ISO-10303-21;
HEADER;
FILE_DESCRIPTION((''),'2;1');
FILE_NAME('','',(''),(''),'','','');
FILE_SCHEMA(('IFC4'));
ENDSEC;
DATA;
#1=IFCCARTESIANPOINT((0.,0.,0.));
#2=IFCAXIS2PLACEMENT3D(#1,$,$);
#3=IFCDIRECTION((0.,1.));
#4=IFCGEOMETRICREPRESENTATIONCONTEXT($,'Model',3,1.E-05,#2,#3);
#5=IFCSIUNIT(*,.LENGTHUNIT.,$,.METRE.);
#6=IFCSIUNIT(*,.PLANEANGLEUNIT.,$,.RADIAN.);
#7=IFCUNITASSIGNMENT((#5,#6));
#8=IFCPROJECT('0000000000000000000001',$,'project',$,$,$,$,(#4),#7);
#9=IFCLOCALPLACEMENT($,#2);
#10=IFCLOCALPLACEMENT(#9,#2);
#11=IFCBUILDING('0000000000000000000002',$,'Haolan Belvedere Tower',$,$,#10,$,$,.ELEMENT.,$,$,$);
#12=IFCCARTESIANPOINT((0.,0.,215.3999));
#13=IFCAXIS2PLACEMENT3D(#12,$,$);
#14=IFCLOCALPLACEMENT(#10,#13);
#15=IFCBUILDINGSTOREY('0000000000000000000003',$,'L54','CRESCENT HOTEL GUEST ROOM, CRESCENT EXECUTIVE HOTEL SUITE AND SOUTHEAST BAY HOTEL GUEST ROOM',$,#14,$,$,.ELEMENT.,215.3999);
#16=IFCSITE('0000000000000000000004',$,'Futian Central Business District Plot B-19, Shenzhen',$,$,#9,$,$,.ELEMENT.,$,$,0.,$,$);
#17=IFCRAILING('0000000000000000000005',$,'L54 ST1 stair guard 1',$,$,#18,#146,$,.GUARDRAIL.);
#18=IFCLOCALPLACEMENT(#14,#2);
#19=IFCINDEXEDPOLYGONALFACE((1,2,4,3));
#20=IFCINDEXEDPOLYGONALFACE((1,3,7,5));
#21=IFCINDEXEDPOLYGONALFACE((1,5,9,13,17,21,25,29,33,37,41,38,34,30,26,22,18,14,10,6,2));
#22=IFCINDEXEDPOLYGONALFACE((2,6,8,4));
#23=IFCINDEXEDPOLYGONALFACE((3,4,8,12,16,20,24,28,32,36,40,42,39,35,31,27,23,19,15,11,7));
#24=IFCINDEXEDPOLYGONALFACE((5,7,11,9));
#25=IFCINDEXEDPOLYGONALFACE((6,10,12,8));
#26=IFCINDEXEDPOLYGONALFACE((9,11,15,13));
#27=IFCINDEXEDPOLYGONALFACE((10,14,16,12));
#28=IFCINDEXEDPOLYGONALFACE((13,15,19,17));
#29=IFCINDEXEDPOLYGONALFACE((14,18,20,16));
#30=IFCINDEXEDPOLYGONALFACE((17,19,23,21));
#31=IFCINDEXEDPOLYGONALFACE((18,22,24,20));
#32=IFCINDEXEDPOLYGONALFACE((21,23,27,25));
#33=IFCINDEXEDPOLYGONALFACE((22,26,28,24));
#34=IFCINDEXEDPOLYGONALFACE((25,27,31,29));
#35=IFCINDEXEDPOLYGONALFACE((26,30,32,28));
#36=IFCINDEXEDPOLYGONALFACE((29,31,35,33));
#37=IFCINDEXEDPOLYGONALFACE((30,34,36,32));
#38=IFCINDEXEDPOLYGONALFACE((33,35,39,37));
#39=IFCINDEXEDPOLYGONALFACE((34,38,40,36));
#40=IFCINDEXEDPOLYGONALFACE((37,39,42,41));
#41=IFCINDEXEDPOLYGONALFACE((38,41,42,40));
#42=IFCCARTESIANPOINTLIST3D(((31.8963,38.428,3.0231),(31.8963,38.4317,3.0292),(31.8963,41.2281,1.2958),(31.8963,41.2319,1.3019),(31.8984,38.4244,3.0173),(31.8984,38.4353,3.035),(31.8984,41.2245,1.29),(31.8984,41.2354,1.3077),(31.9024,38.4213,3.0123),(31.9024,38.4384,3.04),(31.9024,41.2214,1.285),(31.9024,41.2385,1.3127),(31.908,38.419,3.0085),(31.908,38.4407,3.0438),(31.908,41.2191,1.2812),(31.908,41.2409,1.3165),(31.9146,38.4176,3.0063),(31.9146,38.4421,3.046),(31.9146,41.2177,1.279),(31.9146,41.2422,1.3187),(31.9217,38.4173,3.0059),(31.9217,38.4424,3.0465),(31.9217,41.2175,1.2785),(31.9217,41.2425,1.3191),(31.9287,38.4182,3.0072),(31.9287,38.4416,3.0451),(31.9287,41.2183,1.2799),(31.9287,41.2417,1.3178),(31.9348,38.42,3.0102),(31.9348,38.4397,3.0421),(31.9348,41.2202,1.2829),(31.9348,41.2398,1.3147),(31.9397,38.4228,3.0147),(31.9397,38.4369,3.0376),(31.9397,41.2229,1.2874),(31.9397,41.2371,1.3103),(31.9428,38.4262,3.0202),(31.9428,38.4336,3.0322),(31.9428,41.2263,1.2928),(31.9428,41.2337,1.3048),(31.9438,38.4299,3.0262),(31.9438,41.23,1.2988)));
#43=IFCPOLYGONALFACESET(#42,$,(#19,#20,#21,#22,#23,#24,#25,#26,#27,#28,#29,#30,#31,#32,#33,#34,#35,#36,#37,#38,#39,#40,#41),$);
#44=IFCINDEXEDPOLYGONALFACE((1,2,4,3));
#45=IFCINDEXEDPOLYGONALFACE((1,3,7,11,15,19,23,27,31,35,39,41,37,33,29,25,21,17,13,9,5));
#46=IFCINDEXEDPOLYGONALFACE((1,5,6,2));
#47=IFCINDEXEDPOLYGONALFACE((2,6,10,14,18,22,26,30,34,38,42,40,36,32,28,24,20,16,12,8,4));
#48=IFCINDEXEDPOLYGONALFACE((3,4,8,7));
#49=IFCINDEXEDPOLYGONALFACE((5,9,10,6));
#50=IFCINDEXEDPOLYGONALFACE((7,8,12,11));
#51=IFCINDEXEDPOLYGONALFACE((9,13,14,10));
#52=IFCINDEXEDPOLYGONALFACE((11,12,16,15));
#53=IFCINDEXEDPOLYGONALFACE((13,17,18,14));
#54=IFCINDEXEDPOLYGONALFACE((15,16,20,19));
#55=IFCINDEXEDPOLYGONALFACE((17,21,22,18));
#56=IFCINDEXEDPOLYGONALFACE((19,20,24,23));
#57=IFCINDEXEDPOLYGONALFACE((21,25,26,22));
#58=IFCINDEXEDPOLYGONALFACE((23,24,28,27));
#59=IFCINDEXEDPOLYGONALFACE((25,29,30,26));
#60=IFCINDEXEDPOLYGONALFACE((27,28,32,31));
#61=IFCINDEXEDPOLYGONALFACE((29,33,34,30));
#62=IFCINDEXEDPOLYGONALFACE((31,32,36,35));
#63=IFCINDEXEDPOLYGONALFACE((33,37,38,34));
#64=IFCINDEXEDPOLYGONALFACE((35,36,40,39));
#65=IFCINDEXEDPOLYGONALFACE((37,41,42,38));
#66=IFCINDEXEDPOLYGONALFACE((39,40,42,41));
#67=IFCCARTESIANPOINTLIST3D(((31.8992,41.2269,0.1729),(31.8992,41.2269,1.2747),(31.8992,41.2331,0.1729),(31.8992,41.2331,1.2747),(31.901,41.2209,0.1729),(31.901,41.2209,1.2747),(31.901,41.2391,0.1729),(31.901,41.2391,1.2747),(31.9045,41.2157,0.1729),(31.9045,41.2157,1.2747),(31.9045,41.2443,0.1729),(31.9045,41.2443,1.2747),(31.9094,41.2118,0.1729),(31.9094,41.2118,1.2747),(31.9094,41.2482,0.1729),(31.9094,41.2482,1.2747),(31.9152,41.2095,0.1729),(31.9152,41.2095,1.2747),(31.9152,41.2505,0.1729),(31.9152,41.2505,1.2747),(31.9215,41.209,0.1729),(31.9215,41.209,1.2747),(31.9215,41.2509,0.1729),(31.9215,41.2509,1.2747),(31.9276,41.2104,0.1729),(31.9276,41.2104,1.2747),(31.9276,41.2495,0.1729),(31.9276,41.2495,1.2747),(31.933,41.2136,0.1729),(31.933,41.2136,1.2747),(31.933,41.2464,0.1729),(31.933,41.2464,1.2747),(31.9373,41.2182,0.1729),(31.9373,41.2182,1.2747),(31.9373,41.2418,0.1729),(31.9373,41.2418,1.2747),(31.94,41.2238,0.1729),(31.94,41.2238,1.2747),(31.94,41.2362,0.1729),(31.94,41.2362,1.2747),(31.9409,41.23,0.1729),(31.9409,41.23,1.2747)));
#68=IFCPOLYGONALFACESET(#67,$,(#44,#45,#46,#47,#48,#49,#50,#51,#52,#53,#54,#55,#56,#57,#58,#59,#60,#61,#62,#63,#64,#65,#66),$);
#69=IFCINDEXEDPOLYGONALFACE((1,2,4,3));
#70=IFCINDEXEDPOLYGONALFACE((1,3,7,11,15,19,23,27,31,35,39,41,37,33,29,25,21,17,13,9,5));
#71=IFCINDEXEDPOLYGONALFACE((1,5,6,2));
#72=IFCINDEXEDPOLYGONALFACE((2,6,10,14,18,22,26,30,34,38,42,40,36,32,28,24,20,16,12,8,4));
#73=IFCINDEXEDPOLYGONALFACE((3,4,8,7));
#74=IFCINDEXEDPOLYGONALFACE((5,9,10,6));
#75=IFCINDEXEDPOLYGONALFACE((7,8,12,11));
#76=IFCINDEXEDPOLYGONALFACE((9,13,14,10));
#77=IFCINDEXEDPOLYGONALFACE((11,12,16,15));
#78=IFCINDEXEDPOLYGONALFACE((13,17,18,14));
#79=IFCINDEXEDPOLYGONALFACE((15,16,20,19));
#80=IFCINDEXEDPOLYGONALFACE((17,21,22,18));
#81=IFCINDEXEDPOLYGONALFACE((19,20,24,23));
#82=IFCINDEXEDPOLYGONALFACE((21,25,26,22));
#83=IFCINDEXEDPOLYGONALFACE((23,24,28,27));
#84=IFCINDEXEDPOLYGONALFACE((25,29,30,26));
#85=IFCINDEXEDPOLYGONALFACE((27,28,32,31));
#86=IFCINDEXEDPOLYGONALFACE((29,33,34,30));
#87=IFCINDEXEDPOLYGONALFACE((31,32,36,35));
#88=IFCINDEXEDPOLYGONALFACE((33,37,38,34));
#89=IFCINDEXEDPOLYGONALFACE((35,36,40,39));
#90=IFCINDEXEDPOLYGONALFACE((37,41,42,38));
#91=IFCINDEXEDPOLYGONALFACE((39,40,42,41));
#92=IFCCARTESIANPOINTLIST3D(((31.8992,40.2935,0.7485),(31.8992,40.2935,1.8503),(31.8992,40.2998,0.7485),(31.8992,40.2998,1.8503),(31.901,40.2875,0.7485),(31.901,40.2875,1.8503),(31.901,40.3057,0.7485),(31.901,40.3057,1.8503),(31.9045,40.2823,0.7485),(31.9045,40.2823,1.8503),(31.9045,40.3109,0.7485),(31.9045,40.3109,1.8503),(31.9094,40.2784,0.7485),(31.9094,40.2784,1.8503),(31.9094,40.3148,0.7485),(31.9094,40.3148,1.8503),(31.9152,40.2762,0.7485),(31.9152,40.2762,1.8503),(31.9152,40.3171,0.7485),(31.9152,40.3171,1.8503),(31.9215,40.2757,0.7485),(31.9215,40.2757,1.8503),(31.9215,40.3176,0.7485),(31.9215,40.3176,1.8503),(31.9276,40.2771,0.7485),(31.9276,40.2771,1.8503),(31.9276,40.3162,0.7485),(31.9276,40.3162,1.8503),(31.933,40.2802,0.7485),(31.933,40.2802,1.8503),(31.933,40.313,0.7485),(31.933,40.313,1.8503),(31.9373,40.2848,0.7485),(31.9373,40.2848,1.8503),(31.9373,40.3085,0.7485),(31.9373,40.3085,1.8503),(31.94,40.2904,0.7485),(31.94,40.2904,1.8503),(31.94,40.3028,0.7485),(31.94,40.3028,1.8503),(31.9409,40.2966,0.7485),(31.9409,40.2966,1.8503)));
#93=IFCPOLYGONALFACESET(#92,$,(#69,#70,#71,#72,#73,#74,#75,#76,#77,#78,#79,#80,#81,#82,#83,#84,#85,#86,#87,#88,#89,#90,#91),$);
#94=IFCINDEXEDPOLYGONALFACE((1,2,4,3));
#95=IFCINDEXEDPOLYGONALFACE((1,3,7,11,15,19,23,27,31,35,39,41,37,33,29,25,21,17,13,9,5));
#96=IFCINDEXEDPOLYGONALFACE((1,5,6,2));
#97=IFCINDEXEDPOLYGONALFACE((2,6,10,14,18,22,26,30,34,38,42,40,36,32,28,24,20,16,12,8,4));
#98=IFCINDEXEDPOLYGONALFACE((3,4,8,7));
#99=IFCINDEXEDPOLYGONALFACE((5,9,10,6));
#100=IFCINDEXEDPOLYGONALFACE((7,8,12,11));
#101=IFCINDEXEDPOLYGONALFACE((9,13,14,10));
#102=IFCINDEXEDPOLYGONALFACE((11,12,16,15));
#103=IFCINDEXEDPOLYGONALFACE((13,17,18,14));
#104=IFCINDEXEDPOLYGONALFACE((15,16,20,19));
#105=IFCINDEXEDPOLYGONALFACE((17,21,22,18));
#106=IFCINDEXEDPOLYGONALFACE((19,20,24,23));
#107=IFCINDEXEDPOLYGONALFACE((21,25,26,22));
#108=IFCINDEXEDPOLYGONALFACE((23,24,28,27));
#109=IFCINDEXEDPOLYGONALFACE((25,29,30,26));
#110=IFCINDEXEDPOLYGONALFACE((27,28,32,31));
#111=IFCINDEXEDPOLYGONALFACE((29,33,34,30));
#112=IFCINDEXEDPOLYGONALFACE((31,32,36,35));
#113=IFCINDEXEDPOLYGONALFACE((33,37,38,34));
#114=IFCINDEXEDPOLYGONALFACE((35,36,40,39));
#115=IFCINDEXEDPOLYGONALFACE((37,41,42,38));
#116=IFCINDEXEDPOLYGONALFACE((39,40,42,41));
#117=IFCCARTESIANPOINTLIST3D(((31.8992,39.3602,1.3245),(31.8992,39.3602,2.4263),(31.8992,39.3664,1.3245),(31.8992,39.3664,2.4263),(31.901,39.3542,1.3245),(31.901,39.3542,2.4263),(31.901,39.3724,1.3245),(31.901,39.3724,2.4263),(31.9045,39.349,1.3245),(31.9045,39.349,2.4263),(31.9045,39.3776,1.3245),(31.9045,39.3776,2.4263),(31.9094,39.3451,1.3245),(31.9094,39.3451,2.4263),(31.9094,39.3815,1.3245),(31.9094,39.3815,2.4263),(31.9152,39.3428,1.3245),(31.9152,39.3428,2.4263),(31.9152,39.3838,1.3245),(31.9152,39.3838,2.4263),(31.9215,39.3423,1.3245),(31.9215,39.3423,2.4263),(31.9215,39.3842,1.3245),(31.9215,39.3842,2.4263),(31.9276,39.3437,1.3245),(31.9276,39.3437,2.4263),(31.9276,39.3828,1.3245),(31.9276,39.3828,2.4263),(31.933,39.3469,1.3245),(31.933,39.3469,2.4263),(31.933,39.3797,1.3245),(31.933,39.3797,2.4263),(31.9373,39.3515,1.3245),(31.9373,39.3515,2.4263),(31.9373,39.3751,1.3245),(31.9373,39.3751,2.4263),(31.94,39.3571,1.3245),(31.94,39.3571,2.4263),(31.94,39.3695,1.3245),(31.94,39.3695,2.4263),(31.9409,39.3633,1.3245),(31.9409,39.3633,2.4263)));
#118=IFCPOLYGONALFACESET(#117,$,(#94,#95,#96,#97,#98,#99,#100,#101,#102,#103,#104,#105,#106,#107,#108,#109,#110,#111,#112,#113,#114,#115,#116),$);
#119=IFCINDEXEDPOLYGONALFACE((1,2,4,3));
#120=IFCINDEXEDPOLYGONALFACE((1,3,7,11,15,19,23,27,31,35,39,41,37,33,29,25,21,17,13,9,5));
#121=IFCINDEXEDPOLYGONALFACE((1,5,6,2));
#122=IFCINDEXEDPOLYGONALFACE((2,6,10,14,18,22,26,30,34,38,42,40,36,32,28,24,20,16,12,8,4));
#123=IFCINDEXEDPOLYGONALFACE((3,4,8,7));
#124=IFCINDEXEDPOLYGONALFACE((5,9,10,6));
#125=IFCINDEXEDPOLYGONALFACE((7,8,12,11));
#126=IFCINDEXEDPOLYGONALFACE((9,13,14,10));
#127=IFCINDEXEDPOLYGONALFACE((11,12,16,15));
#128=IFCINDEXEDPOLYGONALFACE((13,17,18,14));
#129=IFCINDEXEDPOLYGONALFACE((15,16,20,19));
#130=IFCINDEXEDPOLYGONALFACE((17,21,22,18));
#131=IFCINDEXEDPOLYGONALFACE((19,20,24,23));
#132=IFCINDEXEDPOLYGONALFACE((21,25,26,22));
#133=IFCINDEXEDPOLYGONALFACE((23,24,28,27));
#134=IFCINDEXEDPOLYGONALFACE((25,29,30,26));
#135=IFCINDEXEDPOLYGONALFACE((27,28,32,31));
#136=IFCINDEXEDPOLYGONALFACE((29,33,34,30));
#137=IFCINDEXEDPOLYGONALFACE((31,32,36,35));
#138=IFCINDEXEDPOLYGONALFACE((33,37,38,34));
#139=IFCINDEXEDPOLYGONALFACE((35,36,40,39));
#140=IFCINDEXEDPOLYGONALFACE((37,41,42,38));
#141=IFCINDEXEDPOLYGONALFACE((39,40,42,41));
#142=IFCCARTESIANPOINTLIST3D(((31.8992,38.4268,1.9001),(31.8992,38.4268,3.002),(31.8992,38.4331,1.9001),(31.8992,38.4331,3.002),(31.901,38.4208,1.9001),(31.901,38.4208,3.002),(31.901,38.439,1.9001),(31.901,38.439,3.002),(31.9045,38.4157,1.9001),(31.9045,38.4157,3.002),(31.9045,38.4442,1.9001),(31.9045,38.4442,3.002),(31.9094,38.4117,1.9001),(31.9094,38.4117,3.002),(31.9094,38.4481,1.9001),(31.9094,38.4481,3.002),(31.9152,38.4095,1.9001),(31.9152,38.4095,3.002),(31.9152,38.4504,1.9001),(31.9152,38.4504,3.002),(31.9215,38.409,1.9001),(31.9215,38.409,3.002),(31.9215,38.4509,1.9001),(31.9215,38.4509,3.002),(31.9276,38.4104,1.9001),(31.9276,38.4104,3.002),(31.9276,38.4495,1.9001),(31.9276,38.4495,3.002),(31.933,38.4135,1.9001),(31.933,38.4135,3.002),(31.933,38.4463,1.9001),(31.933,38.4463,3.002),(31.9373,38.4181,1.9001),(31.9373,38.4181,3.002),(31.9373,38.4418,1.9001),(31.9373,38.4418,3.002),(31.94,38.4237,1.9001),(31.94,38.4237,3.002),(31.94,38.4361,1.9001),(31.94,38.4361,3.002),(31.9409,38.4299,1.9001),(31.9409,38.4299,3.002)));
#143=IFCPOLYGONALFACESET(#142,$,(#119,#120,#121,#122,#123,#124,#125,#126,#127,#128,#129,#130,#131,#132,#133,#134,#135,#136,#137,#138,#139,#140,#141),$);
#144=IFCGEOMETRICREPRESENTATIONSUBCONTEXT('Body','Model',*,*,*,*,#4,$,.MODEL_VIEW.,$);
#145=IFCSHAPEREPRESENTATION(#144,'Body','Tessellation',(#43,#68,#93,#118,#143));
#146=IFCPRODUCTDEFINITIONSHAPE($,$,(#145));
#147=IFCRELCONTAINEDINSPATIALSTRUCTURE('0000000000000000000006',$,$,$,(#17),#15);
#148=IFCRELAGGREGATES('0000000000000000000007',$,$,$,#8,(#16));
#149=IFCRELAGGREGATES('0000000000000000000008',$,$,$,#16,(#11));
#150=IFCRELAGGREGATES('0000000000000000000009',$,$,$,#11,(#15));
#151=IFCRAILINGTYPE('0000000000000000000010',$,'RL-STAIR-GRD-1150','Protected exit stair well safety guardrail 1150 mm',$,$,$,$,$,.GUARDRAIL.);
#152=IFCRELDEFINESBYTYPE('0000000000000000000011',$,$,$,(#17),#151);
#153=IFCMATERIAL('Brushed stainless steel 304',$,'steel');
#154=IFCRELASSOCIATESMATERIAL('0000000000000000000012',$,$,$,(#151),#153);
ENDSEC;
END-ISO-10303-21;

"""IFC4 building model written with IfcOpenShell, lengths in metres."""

from ifc_helpers import new_model, si_unit, direction, frame, origin, origin_2d, place, context, subcontext, project, spatial, circle, extrude, material, type_object, element, save


model = new_model("IFC4")

# Units and contexts
model_context = context("Model", 3, precision=1e-05, world=origin(), true_north=direction((0.0, 1.0)))
body_context = subcontext(model_context, "Body", "Model", "MODEL_VIEW")
ifc_project = project(units=[si_unit("LENGTHUNIT", "METRE"), si_unit("PLANEANGLEUNIT", "RADIAN")], contexts=[model_context])

# Site, building, storey
site_placement = place(None, origin())
site = spatial("IfcSite", under=ifc_project, at=site_placement, Name="Futian Central Business District Plot B-19, Shenzhen", CompositionType="ELEMENT", RefElevation=0.0)
building_placement = place(site_placement, origin())
building = spatial("IfcBuilding", under=site, at=building_placement, Name="Haolan Belvedere Tower", CompositionType="ELEMENT")
storey_placement = place(building_placement, frame((0.0, 0.0, 215.3999)))
storey = spatial("IfcBuildingStorey", under=building, at=storey_placement, Name="L54", Description="CRESCENT HOTEL GUEST ROOM, CRESCENT EXECUTIVE HOTEL SUITE AND SOUTHEAST BAY HOTEL GUEST ROOM", CompositionType="ELEMENT", Elevation=215.3999)

# Railing
ifc_material_1 = material(Name="Brushed stainless steel 304", Category="steel")
railing_type_1 = type_object("IfcRailingType", Name="RL-STAIR-GRD-1150", Description="Protected exit stair well safety guardrail 1150 mm", PredefinedType="GUARDRAIL", material=ifc_material_1)
railing_1_placement = place(storey_placement, frame((31.9199, 41.23, 0.1729)))
element("IfcRailing", 1, at=railing_1_placement, inside=storey, type_object=railing_type_1, Name="L54 ST1 stair guard 1", PredefinedType="GUARDRAIL", context=body_context, shape_type="SweptSolid", body=[
    extrude(circle(Radius=0.0239, at=origin_2d()), frame((0.0, 0.0, 1.126), z_axis=(0.0, -0.85109, 0.52502), x_axis=(1.0, 0.0, 0.0)), (0.0, 0.0, 1.0), 3.29),
    extrude(circle(Radius=0.021, at=origin_2d()), origin(), (0.0, 0.0, 1.0), 1.1018),
    extrude(circle(Radius=0.021, at=origin_2d()), frame((0.0, -0.9333, 0.5757)), (0.0, 0.0, 1.0), 1.1018),
    extrude(circle(Radius=0.021, at=origin_2d()), frame((0.0, -1.8667, 1.1516)), (0.0, 0.0, 1.0), 1.1018),
    extrude(circle(Radius=0.021, at=origin_2d()), frame((0.0, -2.8, 1.7273)), (0.0, 0.0, 1.0), 1.1018),
])

save(model, "model.ifc")
